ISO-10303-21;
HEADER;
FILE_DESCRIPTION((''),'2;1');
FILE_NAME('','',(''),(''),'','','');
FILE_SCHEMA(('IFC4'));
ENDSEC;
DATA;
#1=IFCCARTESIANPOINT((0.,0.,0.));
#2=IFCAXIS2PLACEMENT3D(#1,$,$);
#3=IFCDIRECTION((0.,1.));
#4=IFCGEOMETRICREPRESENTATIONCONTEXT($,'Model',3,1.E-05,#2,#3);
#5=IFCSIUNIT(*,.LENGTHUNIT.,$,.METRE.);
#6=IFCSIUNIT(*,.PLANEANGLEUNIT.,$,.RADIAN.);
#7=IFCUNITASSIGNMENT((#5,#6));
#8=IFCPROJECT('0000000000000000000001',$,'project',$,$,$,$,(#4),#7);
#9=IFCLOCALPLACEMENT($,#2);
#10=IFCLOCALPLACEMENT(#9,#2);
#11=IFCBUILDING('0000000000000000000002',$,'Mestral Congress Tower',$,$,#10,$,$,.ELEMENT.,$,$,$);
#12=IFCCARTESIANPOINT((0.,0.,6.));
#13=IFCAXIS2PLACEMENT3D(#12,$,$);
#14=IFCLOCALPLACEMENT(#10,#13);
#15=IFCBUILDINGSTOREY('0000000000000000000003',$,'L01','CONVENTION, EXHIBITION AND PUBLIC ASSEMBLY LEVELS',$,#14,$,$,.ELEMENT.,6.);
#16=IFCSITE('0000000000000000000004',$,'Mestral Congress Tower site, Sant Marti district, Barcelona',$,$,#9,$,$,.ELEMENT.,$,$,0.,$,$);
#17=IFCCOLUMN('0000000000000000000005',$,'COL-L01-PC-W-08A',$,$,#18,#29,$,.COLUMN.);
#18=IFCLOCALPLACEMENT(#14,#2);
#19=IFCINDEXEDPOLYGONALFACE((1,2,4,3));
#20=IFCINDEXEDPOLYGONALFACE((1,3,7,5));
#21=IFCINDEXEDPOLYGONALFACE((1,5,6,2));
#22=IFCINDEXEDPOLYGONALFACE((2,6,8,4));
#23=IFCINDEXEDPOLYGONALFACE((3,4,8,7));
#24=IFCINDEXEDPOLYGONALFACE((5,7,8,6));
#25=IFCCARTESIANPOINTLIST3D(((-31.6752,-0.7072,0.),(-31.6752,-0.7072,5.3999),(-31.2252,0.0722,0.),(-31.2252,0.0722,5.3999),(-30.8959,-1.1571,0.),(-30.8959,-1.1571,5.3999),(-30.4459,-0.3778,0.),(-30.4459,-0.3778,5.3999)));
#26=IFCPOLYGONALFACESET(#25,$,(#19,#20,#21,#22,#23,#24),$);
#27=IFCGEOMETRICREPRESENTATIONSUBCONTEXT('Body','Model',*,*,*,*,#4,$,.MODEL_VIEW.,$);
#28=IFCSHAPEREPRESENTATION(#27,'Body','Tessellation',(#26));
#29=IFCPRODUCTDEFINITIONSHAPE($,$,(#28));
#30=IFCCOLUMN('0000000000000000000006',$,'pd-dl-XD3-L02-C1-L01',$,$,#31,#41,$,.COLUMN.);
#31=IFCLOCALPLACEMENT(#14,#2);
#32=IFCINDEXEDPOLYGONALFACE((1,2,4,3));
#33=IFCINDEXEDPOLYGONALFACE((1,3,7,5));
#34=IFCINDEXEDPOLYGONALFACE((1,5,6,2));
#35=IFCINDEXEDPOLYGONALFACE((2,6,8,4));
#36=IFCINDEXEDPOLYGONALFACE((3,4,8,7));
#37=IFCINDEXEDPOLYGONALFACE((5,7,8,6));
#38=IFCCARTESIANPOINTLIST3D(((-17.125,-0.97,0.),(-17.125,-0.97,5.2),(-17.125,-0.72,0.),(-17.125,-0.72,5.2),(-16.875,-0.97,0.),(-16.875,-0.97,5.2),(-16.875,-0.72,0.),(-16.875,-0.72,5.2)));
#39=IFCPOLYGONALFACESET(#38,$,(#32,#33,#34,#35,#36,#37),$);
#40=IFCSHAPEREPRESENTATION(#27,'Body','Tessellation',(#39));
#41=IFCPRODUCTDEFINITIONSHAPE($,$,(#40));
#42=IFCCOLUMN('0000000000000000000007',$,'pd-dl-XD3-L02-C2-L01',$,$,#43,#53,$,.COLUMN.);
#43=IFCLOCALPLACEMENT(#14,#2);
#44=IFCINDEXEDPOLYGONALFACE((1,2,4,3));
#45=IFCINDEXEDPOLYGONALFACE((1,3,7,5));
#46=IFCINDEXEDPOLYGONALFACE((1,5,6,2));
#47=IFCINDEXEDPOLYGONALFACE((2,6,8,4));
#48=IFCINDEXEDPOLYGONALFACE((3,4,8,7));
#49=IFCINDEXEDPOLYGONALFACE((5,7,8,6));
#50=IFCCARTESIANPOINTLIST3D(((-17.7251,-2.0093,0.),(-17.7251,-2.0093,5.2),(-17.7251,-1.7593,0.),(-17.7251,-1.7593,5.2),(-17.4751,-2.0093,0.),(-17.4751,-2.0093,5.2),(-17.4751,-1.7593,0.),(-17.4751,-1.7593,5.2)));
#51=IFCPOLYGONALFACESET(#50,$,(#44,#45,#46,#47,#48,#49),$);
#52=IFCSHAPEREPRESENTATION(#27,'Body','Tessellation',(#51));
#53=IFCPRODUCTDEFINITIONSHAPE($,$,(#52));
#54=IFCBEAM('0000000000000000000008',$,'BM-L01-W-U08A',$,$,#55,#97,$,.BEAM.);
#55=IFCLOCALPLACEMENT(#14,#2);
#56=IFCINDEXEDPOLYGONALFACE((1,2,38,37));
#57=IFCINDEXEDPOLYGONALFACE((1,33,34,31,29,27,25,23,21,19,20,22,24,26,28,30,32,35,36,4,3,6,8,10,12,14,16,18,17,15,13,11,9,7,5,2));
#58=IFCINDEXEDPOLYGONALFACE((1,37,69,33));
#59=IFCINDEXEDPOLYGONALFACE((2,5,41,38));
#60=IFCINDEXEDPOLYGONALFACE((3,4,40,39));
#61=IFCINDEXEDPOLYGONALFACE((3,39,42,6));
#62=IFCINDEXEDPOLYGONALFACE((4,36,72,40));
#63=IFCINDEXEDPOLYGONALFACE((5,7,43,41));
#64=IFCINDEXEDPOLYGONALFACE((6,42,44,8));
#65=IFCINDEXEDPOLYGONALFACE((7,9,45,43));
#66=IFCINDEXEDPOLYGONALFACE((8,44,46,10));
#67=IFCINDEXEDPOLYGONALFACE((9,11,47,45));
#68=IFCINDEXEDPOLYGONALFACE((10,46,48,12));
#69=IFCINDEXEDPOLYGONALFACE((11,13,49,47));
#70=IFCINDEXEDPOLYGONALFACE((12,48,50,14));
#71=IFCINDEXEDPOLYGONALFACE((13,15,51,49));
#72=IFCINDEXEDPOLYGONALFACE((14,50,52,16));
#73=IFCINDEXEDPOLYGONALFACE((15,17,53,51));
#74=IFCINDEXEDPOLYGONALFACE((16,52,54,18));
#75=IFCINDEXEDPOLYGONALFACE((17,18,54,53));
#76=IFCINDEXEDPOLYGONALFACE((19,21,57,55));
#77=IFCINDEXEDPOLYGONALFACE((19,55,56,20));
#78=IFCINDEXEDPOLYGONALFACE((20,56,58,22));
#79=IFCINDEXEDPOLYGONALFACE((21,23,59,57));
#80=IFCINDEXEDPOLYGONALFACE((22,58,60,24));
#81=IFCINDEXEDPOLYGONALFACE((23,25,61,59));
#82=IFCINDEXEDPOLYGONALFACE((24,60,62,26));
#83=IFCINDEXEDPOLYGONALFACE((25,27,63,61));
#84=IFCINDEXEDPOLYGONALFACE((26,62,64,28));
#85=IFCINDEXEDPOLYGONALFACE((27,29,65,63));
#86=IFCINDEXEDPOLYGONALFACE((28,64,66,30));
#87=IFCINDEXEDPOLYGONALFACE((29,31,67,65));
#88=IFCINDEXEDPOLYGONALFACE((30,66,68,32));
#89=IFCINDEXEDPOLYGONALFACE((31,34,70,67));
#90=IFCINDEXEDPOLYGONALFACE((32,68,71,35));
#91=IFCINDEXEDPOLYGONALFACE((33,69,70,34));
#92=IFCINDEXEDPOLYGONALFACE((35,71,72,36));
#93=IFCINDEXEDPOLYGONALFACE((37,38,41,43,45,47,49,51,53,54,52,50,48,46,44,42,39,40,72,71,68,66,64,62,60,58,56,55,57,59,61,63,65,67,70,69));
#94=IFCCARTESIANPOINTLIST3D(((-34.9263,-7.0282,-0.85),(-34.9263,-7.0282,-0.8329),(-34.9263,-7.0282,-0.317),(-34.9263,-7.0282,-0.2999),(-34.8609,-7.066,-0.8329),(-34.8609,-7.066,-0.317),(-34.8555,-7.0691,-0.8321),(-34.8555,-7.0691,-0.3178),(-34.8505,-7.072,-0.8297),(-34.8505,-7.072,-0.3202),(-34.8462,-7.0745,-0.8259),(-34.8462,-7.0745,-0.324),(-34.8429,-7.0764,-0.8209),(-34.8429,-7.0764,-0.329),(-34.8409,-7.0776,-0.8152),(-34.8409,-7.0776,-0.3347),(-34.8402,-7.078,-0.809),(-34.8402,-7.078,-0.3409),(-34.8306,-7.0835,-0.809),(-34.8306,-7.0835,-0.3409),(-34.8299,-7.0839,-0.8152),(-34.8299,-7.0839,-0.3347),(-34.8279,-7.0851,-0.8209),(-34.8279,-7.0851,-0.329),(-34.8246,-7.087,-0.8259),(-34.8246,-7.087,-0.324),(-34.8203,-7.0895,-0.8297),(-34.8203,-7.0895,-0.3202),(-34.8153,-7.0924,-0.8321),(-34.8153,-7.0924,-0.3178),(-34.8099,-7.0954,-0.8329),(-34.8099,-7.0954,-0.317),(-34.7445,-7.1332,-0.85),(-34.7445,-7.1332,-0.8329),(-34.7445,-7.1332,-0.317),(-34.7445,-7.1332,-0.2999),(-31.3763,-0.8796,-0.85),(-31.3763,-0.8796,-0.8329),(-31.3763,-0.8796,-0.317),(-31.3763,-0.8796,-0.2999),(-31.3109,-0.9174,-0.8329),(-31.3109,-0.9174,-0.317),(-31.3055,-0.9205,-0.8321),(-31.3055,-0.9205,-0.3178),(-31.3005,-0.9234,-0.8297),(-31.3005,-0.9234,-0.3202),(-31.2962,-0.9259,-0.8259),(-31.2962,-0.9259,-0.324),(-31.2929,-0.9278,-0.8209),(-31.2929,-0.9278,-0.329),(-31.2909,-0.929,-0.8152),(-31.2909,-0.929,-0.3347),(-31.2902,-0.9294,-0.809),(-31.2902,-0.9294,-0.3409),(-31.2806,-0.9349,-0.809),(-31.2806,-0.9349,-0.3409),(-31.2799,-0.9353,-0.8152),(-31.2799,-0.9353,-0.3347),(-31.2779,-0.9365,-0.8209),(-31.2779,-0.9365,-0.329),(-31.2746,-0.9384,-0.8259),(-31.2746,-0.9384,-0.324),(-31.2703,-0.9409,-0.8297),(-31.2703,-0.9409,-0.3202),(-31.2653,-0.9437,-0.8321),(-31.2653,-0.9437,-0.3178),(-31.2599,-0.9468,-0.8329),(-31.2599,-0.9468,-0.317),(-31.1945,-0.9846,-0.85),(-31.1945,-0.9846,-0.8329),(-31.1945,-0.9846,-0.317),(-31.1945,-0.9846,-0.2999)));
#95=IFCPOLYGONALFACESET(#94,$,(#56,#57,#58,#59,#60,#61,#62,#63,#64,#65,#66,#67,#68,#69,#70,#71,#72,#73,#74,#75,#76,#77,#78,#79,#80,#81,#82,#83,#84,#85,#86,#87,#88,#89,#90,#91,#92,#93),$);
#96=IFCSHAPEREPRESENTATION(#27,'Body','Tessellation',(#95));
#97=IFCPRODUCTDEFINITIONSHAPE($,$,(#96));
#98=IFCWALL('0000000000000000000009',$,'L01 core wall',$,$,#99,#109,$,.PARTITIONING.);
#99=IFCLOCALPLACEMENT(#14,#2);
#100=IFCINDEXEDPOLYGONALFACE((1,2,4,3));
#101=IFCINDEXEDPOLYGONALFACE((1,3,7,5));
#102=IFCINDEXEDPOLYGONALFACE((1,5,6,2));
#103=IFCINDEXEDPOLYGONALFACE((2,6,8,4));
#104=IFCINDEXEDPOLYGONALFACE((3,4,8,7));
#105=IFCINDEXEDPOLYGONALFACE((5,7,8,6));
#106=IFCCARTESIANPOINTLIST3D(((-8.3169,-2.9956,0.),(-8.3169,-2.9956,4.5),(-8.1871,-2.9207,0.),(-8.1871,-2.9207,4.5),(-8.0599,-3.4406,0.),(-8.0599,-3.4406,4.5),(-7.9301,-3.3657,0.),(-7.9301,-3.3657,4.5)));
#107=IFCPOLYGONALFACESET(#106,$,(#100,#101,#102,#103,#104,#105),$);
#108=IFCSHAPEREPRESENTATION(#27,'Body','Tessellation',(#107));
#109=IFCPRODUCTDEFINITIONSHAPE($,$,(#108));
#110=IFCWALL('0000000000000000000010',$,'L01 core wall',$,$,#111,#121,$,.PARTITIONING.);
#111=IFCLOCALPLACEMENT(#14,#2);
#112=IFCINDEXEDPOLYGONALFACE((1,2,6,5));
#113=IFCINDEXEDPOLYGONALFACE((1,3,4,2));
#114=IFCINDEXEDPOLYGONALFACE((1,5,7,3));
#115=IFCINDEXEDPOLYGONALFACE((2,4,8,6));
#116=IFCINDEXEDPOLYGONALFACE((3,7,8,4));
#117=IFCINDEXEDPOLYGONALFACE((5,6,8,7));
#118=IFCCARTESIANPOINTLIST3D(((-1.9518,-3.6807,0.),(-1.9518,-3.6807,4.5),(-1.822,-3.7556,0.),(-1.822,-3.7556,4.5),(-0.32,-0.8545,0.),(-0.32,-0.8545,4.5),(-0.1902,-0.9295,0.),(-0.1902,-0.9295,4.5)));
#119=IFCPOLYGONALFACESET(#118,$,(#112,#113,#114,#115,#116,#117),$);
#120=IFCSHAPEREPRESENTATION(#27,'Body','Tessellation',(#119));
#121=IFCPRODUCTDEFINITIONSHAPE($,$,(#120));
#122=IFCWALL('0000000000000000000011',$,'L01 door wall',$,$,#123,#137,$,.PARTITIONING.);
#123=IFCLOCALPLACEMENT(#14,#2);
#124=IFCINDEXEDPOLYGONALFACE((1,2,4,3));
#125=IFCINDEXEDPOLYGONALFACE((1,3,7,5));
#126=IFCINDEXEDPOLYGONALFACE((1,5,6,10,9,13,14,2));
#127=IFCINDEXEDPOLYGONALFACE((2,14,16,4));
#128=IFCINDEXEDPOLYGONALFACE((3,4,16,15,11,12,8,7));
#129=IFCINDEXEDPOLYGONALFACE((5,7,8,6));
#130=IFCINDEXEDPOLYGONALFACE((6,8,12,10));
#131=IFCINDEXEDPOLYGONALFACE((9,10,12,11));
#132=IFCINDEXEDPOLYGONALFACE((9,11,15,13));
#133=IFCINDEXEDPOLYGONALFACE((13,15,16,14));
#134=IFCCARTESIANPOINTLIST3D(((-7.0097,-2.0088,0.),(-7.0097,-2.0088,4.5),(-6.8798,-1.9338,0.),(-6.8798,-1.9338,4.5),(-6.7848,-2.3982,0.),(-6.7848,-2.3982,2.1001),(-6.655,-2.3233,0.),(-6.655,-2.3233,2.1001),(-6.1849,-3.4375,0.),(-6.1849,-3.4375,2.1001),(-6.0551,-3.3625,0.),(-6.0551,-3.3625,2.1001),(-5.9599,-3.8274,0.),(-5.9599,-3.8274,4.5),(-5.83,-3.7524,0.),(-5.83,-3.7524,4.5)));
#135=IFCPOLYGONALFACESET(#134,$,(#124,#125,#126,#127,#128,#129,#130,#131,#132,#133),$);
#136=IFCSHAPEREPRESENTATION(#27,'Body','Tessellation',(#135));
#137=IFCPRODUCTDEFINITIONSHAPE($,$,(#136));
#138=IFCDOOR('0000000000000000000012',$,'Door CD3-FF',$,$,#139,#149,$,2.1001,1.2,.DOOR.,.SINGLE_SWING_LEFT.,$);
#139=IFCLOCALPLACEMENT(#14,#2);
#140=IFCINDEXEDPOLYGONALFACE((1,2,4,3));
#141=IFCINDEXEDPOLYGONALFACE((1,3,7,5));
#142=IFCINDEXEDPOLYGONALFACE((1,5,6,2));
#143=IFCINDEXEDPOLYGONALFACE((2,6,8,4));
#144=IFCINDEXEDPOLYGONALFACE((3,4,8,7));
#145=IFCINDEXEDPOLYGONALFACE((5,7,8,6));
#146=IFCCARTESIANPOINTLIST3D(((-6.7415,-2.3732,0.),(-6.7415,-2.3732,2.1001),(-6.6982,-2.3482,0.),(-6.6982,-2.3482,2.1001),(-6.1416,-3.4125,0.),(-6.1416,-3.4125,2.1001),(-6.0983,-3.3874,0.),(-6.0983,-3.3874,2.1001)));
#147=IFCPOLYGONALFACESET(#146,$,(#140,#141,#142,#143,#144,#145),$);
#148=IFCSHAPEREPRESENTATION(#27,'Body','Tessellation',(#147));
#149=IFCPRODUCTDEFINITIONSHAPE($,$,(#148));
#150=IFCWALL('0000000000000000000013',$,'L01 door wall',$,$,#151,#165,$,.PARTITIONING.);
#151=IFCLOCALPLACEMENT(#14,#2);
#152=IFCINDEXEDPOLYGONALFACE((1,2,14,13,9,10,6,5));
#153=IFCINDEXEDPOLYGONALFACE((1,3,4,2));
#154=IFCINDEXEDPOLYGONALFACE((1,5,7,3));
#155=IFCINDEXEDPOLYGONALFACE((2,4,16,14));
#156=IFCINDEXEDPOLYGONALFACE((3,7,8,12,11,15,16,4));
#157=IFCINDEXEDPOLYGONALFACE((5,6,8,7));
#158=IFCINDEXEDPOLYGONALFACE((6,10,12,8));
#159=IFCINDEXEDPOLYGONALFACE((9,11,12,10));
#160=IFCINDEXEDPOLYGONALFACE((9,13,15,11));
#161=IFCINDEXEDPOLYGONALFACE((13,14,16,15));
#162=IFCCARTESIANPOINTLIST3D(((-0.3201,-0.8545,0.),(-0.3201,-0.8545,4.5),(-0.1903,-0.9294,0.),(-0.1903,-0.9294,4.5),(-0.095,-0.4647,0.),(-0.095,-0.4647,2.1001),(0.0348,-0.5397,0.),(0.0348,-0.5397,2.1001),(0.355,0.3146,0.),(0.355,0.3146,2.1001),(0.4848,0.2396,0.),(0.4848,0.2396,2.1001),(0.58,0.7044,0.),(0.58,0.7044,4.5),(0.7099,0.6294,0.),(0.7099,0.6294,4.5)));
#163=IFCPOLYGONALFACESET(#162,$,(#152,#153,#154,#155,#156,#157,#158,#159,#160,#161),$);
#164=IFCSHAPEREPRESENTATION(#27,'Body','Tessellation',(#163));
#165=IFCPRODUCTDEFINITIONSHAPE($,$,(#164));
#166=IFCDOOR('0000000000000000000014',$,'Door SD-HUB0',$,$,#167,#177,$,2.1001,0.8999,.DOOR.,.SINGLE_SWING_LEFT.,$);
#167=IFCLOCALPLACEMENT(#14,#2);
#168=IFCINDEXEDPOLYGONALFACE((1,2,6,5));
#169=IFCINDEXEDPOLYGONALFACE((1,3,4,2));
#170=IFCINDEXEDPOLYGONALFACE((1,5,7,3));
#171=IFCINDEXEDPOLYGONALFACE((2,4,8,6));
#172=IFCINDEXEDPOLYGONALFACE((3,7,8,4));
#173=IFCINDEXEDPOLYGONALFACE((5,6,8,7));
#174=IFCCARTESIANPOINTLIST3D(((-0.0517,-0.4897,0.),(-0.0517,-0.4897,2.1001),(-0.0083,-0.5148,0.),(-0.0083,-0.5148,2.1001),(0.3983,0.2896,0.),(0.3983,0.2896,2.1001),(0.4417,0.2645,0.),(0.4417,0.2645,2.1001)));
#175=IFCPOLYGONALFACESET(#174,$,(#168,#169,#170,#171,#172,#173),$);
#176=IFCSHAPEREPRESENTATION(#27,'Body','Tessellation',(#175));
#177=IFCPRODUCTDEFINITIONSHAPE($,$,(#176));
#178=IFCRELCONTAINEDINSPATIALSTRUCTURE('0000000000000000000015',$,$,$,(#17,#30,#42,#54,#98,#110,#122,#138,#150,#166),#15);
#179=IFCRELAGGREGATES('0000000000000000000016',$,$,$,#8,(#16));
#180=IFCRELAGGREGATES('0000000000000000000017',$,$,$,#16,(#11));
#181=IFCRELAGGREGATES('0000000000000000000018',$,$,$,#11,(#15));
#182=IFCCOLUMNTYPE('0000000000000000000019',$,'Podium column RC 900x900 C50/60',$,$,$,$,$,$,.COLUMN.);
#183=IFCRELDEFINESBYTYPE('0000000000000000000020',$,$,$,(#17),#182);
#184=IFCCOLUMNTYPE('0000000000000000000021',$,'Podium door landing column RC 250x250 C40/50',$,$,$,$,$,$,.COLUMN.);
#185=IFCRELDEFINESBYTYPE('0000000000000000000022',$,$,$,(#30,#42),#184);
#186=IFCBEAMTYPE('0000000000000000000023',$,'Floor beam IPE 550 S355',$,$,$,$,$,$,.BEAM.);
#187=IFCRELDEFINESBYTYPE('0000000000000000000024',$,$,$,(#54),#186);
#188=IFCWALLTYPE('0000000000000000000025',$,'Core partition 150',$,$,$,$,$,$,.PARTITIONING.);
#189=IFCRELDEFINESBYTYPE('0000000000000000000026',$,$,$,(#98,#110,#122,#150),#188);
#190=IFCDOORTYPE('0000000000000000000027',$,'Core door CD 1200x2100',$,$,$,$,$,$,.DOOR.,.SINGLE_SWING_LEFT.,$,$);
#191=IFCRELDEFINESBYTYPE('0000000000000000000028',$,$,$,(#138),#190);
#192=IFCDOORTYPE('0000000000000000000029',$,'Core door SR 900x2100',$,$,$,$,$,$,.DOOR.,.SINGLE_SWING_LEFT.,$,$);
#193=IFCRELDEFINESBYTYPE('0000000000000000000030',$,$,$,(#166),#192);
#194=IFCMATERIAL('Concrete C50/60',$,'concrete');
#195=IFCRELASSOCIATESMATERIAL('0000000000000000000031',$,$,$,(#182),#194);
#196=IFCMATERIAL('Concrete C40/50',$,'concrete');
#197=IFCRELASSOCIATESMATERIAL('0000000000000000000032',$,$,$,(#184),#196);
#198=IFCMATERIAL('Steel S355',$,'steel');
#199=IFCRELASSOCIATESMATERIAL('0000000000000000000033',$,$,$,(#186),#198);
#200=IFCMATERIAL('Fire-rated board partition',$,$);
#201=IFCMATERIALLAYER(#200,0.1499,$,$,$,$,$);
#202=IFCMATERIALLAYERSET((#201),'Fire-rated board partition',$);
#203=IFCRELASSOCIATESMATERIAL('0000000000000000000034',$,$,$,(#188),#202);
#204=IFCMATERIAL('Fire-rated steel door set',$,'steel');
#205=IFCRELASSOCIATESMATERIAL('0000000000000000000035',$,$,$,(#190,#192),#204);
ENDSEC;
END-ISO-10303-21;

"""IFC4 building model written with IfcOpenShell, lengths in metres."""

from ifc_helpers import new_model, si_unit, direction, frame, frame_2d, origin, origin_2d, place, context, subcontext, project, spatial, rectangle, i_section, extrude, material, layer, layer_set, material_profile, profile_set, type_object, element, fill, save


model = new_model("IFC4")

# Units and contexts
model_context = context("Model", 3, precision=1e-05, world=origin(), true_north=direction((0.0, 1.0)))
body_context = subcontext(model_context, "Body", "Model", "MODEL_VIEW")
ifc_project = project(units=[si_unit("LENGTHUNIT", "METRE"), si_unit("PLANEANGLEUNIT", "RADIAN")], contexts=[model_context])

# Site, building, storey
site_placement = place(None, origin())
site = spatial("IfcSite", under=ifc_project, at=site_placement, Name="Mestral Congress Tower site, Sant Marti district, Barcelona", CompositionType="ELEMENT", RefElevation=0.0)
building_placement = place(site_placement, origin())
building = spatial("IfcBuilding", under=site, at=building_placement, Name="Mestral Congress Tower", CompositionType="ELEMENT")
storey_placement = place(building_placement, frame((0.0, 0.0, 6.0)))
storey = spatial("IfcBuildingStorey", under=building, at=storey_placement, Name="L01", Description="CONVENTION, EXHIBITION AND PUBLIC ASSEMBLY LEVELS", CompositionType="ELEMENT", Elevation=6.0)

# Columns
ifc_material_1 = material(Name="Concrete C50/60", Category="concrete")
ifc_material_profile_1 = material_profile(ifc_material_1, rectangle(XDim=0.8999, YDim=0.8999, at=origin_2d()), Name="RC 900x900")
ifc_profile_set_1 = profile_set([ifc_material_profile_1], Name="Concrete C50/60")
column_type_1 = type_object("IfcColumnType", Name="Podium column RC 900x900 C50/60", PredefinedType="COLUMN", material=ifc_profile_set_1)
column_placement = place(storey_placement, frame((-31.0605, -0.5425, 0.0), z_axis=(0.0, 0.0, 1.0), x_axis=(-0.5, -0.866025, 0.0)))
element("IfcColumn", 1, at=column_placement, inside=storey, type_object=column_type_1, Name="COL-L01-PC-W-08A", PredefinedType="COLUMN", context=body_context, shape_type="SweptSolid", body=[
    extrude(rectangle(XDim=0.8999, YDim=0.8999, at=origin_2d()), origin(), (0.0, 0.0, 1.0), 5.3999),
])
ifc_material_2 = material(Name="Concrete C40/50", Category="concrete")
ifc_material_profile_2 = material_profile(ifc_material_2, rectangle(XDim=0.25, YDim=0.25, at=origin_2d()), Name="RC 250x250")
ifc_profile_set_2 = profile_set([ifc_material_profile_2], Name="Concrete C40/50")
column_type_2 = type_object("IfcColumnType", Name="Podium door landing column RC 250x250 C40/50", PredefinedType="COLUMN", material=ifc_profile_set_2)
for number, where, z_axis, x_axis, name in (
    (2, (-17.0, -0.845, 0.0), (0.0, 0.0, 1.0), (1.0, 0.0, 0.0), "pd-dl-XD3-L02-C1-L01"),
    (3, (-17.6001, -1.8843, 0.0), (0.0, 0.0, 1.0), (1.0, 0.0, 0.0), "pd-dl-XD3-L02-C2-L01"),
):
    element("IfcColumn", number, at=place(storey_placement, frame(where, z_axis=z_axis, x_axis=x_axis)), inside=storey, type_object=column_type_2, Name=name, PredefinedType="COLUMN", context=body_context, shape_type="SweptSolid", body=[
        extrude(rectangle(XDim=0.25, YDim=0.25, at=origin_2d()), origin(), (0.0, 0.0, 1.0), 5.2),
    ])

# Beam
ifc_material_3 = material(Name="Steel S355", Category="steel")
ifc_material_profile_3 = material_profile(ifc_material_3, i_section(OverallWidth=0.21, OverallDepth=0.55, WebThickness=0.011, FlangeThickness=0.0171, FilletRadius=0.0239, at=origin_2d()), Name="IPE 550")
ifc_profile_set_3 = profile_set([ifc_material_profile_3], Name="Steel S355")
beam_type = type_object("IfcBeamType", Name="Floor beam IPE 550 S355", PredefinedType="BEAM", material=ifc_profile_set_3)
beam_placement = place(storey_placement, frame((-31.2854, -0.9321, -0.575), z_axis=(-0.500011, -0.866019, 0.0), x_axis=(0.866019, -0.500011, 0.0)))
element("IfcBeam", 4, at=beam_placement, inside=storey, type_object=beam_type, Name="BM-L01-W-U08A", PredefinedType="BEAM", context=body_context, shape_type="SweptSolid", body=[
    extrude(i_section(OverallWidth=0.21, OverallDepth=0.55, WebThickness=0.011, FlangeThickness=0.0171, FilletRadius=0.0239, at=origin_2d()), origin(), (0.0, 0.0, 1.0), 7.0999),
])

# Walls
ifc_material_4 = material(Name="Fire-rated board partition")
ifc_layer_1 = layer(ifc_material_4, 0.1499)
ifc_layer_set_1 = layer_set([ifc_layer_1], Name="Fire-rated board partition")
wall_type_1 = type_object("IfcWallType", Name="Core partition 150", PredefinedType="PARTITIONING", material=ifc_layer_set_1)
wall_1_placement = place(storey_placement, frame((-8.252, -2.9583, 0.0), z_axis=(0.0, 0.0, 1.0), x_axis=(0.500175, -0.865925, 0.0)))
element("IfcWall", 5, at=wall_1_placement, inside=storey, type_object=wall_type_1, Name="L01 core wall", PredefinedType="PARTITIONING", context=body_context, shape_type="SweptSolid", body=[
    extrude(rectangle(XDim=0.5139, YDim=0.1499, at=frame_2d((0.2568, 0.0))), origin(), (0.0, 0.0, 1.0), 4.5),
])
wall_2_placement = place(storey_placement, frame((-1.887, -3.7183, 0.0), z_axis=(0.0, 0.0, 1.0), x_axis=(0.500033, 0.866006, 0.0)))
element("IfcWall", 6, at=wall_2_placement, inside=storey, type_object=wall_type_1, Name="L01 core wall", PredefinedType="PARTITIONING", context=body_context, shape_type="SweptSolid", body=[
    extrude(rectangle(XDim=3.2634, YDim=0.1499, at=frame_2d((1.6318, 0.0))), origin(), (0.0, 0.0, 1.0), 4.5),
])

# Walls, openings, doors
wall_3_placement = place(storey_placement, frame((-5.895, -3.7898, 0.0), z_axis=(0.0, 0.0, 1.0), x_axis=(-0.499941, 0.86606, 0.0)))
wall_3 = element("IfcWall", 7, at=wall_3_placement, inside=storey, type_object=wall_type_1, Name="L01 door wall", PredefinedType="PARTITIONING", context=body_context, shape_type="SweptSolid", body=[
    extrude(rectangle(XDim=2.0999, YDim=0.1499, at=frame_2d((1.0498, 0.0))), origin(), (0.0, 0.0, 1.0), 4.5),
])
opening_1_placement = place(wall_3_placement, frame((0.45, 0.0, 0.0)))
opening_1 = element("IfcOpeningElement", 8, at=opening_1_placement, cuts=wall_3, PredefinedType="OPENING", context=body_context, shape_type="SweptSolid", body=[
    extrude(rectangle(XDim=1.2, YDim=2.1001, at=frame_2d((0.6001, 1.05))), frame((0.0, 0.085, 0.0), z_axis=(0.0, -1.0, 0.0), x_axis=(1.0, 0.0, 0.0)), (0.0, 0.0, 1.0), 0.1699),
])
ifc_material_5 = material(Name="Fire-rated steel door set", Category="steel")
door_type_1 = type_object("IfcDoorType", Name="Core door CD 1200x2100", OperationType="SINGLE_SWING_LEFT", PredefinedType="DOOR", material=ifc_material_5)
door_1_placement = place(opening_1_placement, origin())
door_1 = element("IfcDoor", 9, at=door_1_placement, inside=storey, type_object=door_type_1, Name="Door CD3-FF", OperationType="SINGLE_SWING_LEFT", OverallHeight=2.1001, OverallWidth=1.2, PredefinedType="DOOR", context=body_context, shape_type="SweptSolid", body=[
    extrude(rectangle(XDim=1.2, YDim=2.1001, at=frame_2d((0.6001, 1.05))), frame((0.0, 0.0249, 0.0), z_axis=(0.0, -1.0, 0.0), x_axis=(1.0, 0.0, 0.0)), (0.0, 0.0, 1.0), 0.05),
])
fill(opening_1, door_1)
wall_4_placement = place(storey_placement, frame((-0.2551, -0.8918, 0.0), z_axis=(0.0, 0.0, 1.0), x_axis=(0.500063, 0.865989, 0.0)))
wall_4 = element("IfcWall", 10, at=wall_4_placement, inside=storey, type_object=wall_type_1, Name="L01 door wall", PredefinedType="PARTITIONING", context=body_context, shape_type="SweptSolid", body=[
    extrude(rectangle(XDim=1.8, YDim=0.1499, at=frame_2d((0.8999, 0.0))), origin(), (0.0, 0.0, 1.0), 4.5),
])
opening_2_placement = place(wall_4_placement, frame((0.45, 0.0, 0.0)))
opening_2 = element("IfcOpeningElement", 11, at=opening_2_placement, cuts=wall_4, PredefinedType="OPENING", context=body_context, shape_type="SweptSolid", body=[
    extrude(rectangle(XDim=0.8999, YDim=2.1001, at=frame_2d((0.45, 1.05))), frame((0.0, 0.085, 0.0), z_axis=(0.0, -1.0, 0.0), x_axis=(1.0, 0.0, 0.0)), (0.0, 0.0, 1.0), 0.1699),
])
door_type_2 = type_object("IfcDoorType", Name="Core door SR 900x2100", OperationType="SINGLE_SWING_LEFT", PredefinedType="DOOR", material=ifc_material_5)
door_2_placement = place(opening_2_placement, origin())
door_2 = element("IfcDoor", 12, at=door_2_placement, inside=storey, type_object=door_type_2, Name="Door SD-HUB0", OperationType="SINGLE_SWING_LEFT", OverallHeight=2.1001, OverallWidth=0.8999, PredefinedType="DOOR", context=body_context, shape_type="SweptSolid", body=[
    extrude(rectangle(XDim=0.8999, YDim=2.1001, at=frame_2d((0.45, 1.05))), frame((0.0, 0.0249, 0.0), z_axis=(0.0, -1.0, 0.0), x_axis=(1.0, 0.0, 0.0)), (0.0, 0.0, 1.0), 0.05),
])
fill(opening_2, door_2)

save(model, "model.ifc")
